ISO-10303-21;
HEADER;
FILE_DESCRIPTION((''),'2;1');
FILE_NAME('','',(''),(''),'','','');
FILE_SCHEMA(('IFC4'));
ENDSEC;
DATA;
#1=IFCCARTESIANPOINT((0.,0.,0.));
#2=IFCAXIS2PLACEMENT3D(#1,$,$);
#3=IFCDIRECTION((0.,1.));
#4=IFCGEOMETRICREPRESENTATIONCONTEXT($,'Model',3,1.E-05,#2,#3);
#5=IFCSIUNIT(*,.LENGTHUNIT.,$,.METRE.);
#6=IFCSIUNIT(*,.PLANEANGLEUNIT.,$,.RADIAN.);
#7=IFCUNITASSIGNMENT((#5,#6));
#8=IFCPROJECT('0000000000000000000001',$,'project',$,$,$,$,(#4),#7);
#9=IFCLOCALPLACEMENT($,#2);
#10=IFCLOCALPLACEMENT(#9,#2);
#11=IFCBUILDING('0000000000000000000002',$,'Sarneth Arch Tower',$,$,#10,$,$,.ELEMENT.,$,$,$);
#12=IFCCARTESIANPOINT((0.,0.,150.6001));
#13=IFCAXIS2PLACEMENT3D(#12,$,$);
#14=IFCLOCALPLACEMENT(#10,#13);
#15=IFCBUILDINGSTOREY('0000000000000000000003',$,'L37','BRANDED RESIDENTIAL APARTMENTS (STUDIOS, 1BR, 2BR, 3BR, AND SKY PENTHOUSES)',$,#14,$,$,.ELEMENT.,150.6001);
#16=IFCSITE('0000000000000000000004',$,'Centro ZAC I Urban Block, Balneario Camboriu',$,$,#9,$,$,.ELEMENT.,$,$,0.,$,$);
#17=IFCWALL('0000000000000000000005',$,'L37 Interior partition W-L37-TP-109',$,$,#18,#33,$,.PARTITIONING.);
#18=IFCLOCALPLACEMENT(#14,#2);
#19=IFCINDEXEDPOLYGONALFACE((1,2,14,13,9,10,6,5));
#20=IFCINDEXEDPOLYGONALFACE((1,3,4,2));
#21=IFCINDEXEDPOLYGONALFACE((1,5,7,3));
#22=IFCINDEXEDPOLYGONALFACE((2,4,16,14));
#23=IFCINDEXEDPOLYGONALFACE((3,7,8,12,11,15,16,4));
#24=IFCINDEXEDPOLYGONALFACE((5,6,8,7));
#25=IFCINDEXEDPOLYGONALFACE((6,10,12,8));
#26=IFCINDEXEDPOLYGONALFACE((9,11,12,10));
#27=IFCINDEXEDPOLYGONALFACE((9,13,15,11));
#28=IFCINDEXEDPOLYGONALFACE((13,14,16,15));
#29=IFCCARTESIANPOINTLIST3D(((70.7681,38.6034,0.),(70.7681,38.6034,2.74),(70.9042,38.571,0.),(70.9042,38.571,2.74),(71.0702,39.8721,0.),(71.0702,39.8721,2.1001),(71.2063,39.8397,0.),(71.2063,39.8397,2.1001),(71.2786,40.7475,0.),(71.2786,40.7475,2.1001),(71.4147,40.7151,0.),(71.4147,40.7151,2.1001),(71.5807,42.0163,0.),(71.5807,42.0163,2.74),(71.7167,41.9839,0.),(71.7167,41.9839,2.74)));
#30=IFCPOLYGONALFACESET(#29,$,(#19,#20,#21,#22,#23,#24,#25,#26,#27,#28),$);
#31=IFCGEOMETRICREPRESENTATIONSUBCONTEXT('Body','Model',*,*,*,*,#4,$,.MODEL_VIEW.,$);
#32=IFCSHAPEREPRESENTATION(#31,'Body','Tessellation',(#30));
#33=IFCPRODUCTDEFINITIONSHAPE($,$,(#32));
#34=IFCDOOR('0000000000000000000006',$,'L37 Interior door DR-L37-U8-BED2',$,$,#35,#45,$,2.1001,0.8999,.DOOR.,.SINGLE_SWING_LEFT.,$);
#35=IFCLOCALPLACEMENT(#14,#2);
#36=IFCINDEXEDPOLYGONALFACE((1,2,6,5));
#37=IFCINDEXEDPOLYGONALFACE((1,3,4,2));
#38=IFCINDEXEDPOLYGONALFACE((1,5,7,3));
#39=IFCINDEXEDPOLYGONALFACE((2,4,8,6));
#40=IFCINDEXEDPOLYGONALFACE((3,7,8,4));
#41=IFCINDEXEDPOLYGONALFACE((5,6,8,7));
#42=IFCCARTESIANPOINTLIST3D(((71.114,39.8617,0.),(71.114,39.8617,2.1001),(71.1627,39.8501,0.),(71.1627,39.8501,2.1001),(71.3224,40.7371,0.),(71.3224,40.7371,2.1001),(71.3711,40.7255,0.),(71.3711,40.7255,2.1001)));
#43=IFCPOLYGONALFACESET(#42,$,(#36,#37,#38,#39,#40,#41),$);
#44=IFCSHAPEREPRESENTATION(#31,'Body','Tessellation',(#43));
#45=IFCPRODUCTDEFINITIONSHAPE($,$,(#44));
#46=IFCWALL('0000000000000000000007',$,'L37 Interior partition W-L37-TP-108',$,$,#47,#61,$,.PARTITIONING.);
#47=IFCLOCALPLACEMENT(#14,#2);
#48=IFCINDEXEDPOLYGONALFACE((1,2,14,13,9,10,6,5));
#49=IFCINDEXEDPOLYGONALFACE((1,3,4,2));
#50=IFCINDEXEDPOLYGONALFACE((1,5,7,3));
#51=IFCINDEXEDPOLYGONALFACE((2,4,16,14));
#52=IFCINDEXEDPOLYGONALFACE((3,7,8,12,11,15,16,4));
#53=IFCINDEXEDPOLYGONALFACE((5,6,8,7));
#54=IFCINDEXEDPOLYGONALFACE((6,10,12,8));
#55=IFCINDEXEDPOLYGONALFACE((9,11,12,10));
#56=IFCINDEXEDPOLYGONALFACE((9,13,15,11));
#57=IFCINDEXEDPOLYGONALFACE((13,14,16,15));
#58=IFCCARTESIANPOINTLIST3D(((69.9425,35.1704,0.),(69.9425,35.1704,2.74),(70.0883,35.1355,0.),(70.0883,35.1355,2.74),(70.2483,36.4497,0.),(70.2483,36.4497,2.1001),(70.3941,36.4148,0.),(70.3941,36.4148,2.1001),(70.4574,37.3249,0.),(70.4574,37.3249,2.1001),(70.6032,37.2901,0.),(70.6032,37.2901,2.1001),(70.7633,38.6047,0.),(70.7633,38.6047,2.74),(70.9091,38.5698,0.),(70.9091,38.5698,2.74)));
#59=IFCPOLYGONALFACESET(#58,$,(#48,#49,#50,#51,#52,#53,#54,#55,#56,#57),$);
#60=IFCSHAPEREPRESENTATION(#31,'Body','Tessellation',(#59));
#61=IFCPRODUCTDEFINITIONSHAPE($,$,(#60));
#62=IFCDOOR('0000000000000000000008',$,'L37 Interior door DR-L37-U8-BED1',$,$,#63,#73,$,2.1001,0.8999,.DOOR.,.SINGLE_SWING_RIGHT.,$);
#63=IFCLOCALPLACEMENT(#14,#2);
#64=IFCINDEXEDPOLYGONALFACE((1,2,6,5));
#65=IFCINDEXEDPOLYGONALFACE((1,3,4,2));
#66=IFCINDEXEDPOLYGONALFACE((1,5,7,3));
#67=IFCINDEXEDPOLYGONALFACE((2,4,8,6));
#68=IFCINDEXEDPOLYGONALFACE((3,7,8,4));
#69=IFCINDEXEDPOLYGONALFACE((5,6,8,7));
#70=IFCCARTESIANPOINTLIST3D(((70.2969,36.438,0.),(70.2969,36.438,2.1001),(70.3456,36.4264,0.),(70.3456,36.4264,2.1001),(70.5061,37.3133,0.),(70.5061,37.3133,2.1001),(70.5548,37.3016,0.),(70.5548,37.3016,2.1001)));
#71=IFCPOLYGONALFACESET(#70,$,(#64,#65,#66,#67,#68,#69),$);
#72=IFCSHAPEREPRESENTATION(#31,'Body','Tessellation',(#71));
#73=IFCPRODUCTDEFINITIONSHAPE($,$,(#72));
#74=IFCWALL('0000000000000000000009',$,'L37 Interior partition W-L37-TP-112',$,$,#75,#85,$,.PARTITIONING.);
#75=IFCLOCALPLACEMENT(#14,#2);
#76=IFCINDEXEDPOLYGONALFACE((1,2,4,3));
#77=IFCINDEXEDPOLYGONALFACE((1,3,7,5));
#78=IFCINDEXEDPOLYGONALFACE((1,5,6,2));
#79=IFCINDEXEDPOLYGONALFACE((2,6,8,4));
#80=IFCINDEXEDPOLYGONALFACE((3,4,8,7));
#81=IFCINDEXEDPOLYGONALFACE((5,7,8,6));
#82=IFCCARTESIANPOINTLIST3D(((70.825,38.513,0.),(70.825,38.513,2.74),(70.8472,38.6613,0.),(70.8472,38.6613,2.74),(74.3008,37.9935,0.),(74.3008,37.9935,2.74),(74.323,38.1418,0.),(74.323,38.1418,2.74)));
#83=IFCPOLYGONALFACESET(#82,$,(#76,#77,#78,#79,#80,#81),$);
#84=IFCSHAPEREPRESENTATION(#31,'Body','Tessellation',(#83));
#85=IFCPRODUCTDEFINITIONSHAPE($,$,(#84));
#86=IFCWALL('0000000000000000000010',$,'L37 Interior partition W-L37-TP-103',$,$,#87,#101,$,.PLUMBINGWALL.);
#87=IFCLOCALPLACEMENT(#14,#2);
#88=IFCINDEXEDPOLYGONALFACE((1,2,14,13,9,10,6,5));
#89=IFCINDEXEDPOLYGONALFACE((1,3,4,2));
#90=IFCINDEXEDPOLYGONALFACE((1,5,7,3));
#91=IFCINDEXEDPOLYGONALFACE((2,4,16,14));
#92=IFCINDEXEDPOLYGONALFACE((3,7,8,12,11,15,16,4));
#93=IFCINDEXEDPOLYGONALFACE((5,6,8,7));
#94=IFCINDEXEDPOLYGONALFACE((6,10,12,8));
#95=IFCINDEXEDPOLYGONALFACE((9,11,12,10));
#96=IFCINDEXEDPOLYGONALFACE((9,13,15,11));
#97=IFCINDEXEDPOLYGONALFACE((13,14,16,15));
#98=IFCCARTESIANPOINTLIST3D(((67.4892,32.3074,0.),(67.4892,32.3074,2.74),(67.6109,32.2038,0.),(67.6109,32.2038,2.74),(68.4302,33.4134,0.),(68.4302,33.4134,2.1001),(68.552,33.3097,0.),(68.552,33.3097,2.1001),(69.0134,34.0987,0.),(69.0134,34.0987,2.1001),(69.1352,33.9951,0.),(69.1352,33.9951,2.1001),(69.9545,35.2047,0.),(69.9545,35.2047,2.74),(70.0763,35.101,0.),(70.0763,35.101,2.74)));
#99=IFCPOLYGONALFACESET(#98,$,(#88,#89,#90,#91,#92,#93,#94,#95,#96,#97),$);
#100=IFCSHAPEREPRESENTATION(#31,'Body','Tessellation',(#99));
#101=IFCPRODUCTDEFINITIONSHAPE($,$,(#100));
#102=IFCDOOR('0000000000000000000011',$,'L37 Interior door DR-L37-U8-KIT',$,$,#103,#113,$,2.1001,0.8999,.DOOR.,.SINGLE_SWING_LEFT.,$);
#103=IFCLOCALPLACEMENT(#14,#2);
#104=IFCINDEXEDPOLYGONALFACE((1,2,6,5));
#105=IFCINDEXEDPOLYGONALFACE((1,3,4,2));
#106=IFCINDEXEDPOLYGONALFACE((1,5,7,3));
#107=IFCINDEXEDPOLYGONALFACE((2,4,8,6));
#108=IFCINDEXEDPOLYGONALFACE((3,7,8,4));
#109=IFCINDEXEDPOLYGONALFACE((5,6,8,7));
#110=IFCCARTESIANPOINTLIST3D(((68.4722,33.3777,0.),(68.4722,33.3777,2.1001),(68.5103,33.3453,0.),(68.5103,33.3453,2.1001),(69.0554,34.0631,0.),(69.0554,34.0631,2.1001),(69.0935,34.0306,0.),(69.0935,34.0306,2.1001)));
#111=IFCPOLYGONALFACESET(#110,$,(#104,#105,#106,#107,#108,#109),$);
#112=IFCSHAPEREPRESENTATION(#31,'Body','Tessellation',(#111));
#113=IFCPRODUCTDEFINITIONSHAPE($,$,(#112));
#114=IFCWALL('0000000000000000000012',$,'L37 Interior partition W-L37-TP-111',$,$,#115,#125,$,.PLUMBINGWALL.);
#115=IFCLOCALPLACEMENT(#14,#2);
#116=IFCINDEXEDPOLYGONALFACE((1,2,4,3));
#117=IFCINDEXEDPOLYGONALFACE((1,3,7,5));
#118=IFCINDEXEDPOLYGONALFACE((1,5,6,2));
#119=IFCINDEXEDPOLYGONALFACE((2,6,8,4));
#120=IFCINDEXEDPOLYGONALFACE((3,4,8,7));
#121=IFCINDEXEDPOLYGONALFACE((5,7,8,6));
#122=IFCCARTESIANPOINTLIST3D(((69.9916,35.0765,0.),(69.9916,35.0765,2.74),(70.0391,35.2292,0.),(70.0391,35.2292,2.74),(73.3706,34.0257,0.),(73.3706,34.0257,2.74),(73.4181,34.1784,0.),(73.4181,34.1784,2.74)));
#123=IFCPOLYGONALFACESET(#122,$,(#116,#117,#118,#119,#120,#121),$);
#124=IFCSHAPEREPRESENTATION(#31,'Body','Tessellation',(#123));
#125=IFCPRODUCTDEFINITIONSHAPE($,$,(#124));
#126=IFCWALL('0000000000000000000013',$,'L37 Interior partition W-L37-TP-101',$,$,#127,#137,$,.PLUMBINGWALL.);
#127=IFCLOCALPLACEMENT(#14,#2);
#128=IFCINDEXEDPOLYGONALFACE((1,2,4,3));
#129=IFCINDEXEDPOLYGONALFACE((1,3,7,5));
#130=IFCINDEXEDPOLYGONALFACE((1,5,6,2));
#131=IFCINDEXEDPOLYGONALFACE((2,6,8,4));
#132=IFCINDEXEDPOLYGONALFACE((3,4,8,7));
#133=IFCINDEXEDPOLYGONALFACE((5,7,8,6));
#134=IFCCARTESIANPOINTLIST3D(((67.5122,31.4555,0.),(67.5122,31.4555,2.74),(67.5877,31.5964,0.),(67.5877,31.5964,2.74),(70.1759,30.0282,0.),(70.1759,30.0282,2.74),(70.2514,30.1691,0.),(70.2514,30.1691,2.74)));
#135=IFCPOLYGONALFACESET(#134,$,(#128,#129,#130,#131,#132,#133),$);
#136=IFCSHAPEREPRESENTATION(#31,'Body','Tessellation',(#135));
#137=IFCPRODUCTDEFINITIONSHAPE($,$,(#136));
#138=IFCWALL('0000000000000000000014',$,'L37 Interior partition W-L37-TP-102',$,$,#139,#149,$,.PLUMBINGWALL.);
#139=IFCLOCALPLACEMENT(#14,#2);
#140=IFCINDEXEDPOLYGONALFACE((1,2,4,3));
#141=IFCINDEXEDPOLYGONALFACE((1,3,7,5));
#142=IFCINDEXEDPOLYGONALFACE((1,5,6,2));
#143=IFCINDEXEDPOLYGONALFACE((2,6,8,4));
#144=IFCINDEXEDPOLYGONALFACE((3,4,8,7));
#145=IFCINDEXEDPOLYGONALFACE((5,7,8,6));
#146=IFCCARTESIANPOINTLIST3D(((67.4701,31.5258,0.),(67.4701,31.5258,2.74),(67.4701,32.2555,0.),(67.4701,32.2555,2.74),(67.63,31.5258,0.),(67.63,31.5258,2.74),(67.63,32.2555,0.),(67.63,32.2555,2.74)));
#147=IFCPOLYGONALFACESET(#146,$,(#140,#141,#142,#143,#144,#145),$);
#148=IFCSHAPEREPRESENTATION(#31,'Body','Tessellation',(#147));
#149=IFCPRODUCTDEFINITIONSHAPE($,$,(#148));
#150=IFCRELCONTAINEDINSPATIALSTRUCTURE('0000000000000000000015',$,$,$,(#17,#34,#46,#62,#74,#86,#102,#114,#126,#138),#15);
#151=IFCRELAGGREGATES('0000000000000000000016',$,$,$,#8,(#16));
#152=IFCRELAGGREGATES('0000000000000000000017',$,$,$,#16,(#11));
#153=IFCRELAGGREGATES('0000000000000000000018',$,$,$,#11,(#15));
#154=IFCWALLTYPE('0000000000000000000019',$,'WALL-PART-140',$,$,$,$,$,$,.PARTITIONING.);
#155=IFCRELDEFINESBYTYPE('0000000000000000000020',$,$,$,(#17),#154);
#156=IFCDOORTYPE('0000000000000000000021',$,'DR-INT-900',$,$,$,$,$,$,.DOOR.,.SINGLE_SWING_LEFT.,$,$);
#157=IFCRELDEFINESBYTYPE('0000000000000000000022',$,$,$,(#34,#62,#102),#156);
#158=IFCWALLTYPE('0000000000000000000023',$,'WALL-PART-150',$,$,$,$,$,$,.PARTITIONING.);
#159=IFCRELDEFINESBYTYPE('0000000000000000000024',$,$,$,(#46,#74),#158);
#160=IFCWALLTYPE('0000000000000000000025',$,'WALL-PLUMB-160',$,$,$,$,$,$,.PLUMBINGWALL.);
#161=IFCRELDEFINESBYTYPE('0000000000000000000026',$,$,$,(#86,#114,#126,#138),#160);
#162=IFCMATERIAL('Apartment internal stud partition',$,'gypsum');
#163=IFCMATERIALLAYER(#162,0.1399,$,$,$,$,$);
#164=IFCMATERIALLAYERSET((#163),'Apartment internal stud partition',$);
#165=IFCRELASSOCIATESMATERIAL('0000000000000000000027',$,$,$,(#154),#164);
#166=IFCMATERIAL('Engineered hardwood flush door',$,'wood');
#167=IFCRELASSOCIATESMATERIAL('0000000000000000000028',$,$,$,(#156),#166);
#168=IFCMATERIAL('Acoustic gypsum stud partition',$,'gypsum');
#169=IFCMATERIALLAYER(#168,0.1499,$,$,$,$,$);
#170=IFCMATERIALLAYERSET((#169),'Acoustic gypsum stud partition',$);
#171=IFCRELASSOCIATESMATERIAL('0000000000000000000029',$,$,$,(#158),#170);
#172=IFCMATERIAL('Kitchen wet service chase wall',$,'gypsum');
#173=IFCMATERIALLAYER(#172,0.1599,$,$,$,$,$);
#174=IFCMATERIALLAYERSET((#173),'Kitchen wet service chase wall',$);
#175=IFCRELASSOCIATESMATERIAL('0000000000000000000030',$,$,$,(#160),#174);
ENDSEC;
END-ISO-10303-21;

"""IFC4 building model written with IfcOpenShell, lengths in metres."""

from ifc_helpers import new_model, si_unit, direction, frame, frame_2d, origin, place, context, subcontext, project, spatial, rectangle, extrude, material, layer, layer_set, type_object, element, fill, save


model = new_model("IFC4")

# Units and contexts
model_context = context("Model", 3, precision=1e-05, world=origin(), true_north=direction((0.0, 1.0)))
body_context = subcontext(model_context, "Body", "Model", "MODEL_VIEW")
ifc_project = project(units=[si_unit("LENGTHUNIT", "METRE"), si_unit("PLANEANGLEUNIT", "RADIAN")], contexts=[model_context])

# Site, building, storey
site_placement = place(None, origin())
site = spatial("IfcSite", under=ifc_project, at=site_placement, Name="Centro ZAC I Urban Block, Balneario Camboriu", CompositionType="ELEMENT", RefElevation=0.0)
building_placement = place(site_placement, origin())
building = spatial("IfcBuilding", under=site, at=building_placement, Name="Sarneth Arch Tower", CompositionType="ELEMENT")
storey_placement = place(building_placement, frame((0.0, 0.0, 150.6001)))
storey = spatial("IfcBuildingStorey", under=building, at=storey_placement, Name="L37", Description="BRANDED RESIDENTIAL APARTMENTS (STUDIOS, 1BR, 2BR, 3BR, AND SKY PENTHOUSES)", CompositionType="ELEMENT", Elevation=150.6001)

# Walls, openings, doors
ifc_material_1 = material(Name="Apartment internal stud partition", Category="gypsum")
ifc_layer_1 = layer(ifc_material_1, 0.1399)
ifc_layer_set_1 = layer_set([ifc_layer_1], Name="Apartment internal stud partition")
wall_type_1 = type_object("IfcWallType", Name="WALL-PART-140", PredefinedType="PARTITIONING", material=ifc_layer_set_1)
wall_1_placement = place(storey_placement, frame((70.8362, 38.5872, 0.0), z_axis=(0.0, 0.0, 1.0), x_axis=(0.231599, 0.972811, 0.0)))
wall_1 = element("IfcWall", 1, at=wall_1_placement, inside=storey, type_object=wall_type_1, Name="L37 Interior partition W-L37-TP-109", PredefinedType="PARTITIONING", context=body_context, shape_type="SweptSolid", body=[
    extrude(rectangle(XDim=3.5083, YDim=0.1399, at=frame_2d((1.7542, 0.0))), origin(), (0.0, 0.0, 1.0), 2.74),
])
opening_1_placement = place(wall_1_placement, frame((1.3042, 0.0, 0.0)))
opening_1 = element("IfcOpeningElement", 2, at=opening_1_placement, cuts=wall_1, PredefinedType="OPENING", context=body_context, shape_type="SweptSolid", body=[
    extrude(rectangle(XDim=0.8999, YDim=2.1001, at=frame_2d((0.45, 1.05))), frame((0.0, 0.0798, 0.0), z_axis=(0.0, -1.0, 0.0), x_axis=(1.0, 0.0, 0.0)), (0.0, 0.0, 1.0), 0.1599),
])
ifc_material_2 = material(Name="Engineered hardwood flush door", Category="wood")
door_type_1 = type_object("IfcDoorType", Name="DR-INT-900", OperationType="SINGLE_SWING_LEFT", PredefinedType="DOOR", material=ifc_material_2)
door_1_placement = place(opening_1_placement, origin())
door_1 = element("IfcDoor", 3, at=door_1_placement, inside=storey, type_object=door_type_1, Name="L37 Interior door DR-L37-U8-BED2", OperationType="SINGLE_SWING_LEFT", OverallHeight=2.1001, OverallWidth=0.8999, PredefinedType="DOOR", context=body_context, shape_type="SweptSolid", body=[
    extrude(rectangle(XDim=0.8999, YDim=2.1001, at=frame_2d((0.45, 1.05))), frame((0.0, 0.0249, 0.0), z_axis=(0.0, -1.0, 0.0), x_axis=(1.0, 0.0, 0.0)), (0.0, 0.0, 1.0), 0.05),
])
fill(opening_1, door_1)
ifc_material_3 = material(Name="Acoustic gypsum stud partition", Category="gypsum")
ifc_layer_2 = layer(ifc_material_3, 0.1499)
ifc_layer_set_2 = layer_set([ifc_layer_2], Name="Acoustic gypsum stud partition")
wall_type_2 = type_object("IfcWallType", Name="WALL-PART-150", PredefinedType="PARTITIONING", material=ifc_layer_set_2)
wall_2_placement = place(storey_placement, frame((70.0154, 35.1528, 0.0), z_axis=(0.0, 0.0, 1.0), x_axis=(0.232452, 0.972608, 0.0)))
wall_2 = element("IfcWall", 4, at=wall_2_placement, inside=storey, type_object=wall_type_2, Name="L37 Interior partition W-L37-TP-108", PredefinedType="PARTITIONING", context=body_context, shape_type="SweptSolid", body=[
    extrude(rectangle(XDim=3.531, YDim=0.1499, at=frame_2d((1.7656, 0.0))), origin(), (0.0, 0.0, 1.0), 2.74),
])
opening_2_placement = place(wall_2_placement, frame((1.3154, 0.0, 0.0)))
opening_2 = element("IfcOpeningElement", 5, at=opening_2_placement, cuts=wall_2, PredefinedType="OPENING", context=body_context, shape_type="SweptSolid", body=[
    extrude(rectangle(XDim=0.8999, YDim=2.1001, at=frame_2d((0.45, 1.05))), frame((0.0, 0.085, 0.0), z_axis=(0.0, -1.0, 0.0), x_axis=(1.0, 0.0, 0.0)), (0.0, 0.0, 1.0), 0.1699),
])
door_2_placement = place(opening_2_placement, origin())
door_2 = element("IfcDoor", 6, at=door_2_placement, inside=storey, type_object=door_type_1, Name="L37 Interior door DR-L37-U8-BED1", OperationType="SINGLE_SWING_RIGHT", OverallHeight=2.1001, OverallWidth=0.8999, PredefinedType="DOOR", context=body_context, shape_type="SweptSolid", body=[
    extrude(rectangle(XDim=0.8999, YDim=2.1001, at=frame_2d((0.45, 1.05))), frame((0.0, 0.0249, 0.0), z_axis=(0.0, -1.0, 0.0), x_axis=(1.0, 0.0, 0.0)), (0.0, 0.0, 1.0), 0.05),
])
fill(opening_2, door_2)

# Wall
wall_3_placement = place(storey_placement, frame((74.312, 38.0676, 0.0), z_axis=(0.0, 0.0, 1.0), x_axis=(-0.989013, 0.147827, 0.0)))
element("IfcWall", 7, at=wall_3_placement, inside=storey, type_object=wall_type_2, Name="L37 Interior partition W-L37-TP-112", PredefinedType="PARTITIONING", context=body_context, shape_type="SweptSolid", body=[
    extrude(rectangle(XDim=3.5144, YDim=0.1499, at=frame_2d((1.7573, 0.0))), origin(), (0.0, 0.0, 1.0), 2.74),
])

# Wall, opening, door
ifc_material_4 = material(Name="Kitchen wet service chase wall", Category="gypsum")
ifc_layer_3 = layer(ifc_material_4, 0.1599)
ifc_layer_set_3 = layer_set([ifc_layer_3], Name="Kitchen wet service chase wall")
wall_type_3 = type_object("IfcWallType", Name="WALL-PLUMB-160", PredefinedType="PLUMBINGWALL", material=ifc_layer_set_3)
wall_4_placement = place(storey_placement, frame((67.55, 32.2556, 0.0), z_axis=(0.0, 0.0, 1.0), x_axis=(0.64806, 0.761589, 0.0)))
wall_4 = element("IfcWall", 8, at=wall_4_placement, inside=storey, type_object=wall_type_3, Name="L37 Interior partition W-L37-TP-103", PredefinedType="PLUMBINGWALL", context=body_context, shape_type="SweptSolid", body=[
    extrude(rectangle(XDim=3.8042, YDim=0.1599, at=frame_2d((1.9021, 0.0))), origin(), (0.0, 0.0, 1.0), 2.74),
])
opening_3_placement = place(wall_4_placement, frame((1.4521, 0.0, 0.0)))
opening_3 = element("IfcOpeningElement", 9, at=opening_3_placement, cuts=wall_4, PredefinedType="OPENING", context=body_context, shape_type="SweptSolid", body=[
    extrude(rectangle(XDim=0.8999, YDim=2.1001, at=frame_2d((0.45, 1.05))), frame((0.0, 0.0898, 0.0), z_axis=(0.0, -1.0, 0.0), x_axis=(1.0, 0.0, 0.0)), (0.0, 0.0, 1.0), 0.1799),
])
door_3_placement = place(opening_3_placement, origin())
door_3 = element("IfcDoor", 10, at=door_3_placement, inside=storey, type_object=door_type_1, Name="L37 Interior door DR-L37-U8-KIT", OperationType="SINGLE_SWING_LEFT", OverallHeight=2.1001, OverallWidth=0.8999, PredefinedType="DOOR", context=body_context, shape_type="SweptSolid", body=[
    extrude(rectangle(XDim=0.8999, YDim=2.1001, at=frame_2d((0.45, 1.05))), frame((0.0, 0.0249, 0.0), z_axis=(0.0, -1.0, 0.0), x_axis=(1.0, 0.0, 0.0)), (0.0, 0.0, 1.0), 0.05),
])
fill(opening_3, door_3)

# Walls
wall_5_placement = place(storey_placement, frame((70.0154, 35.1528, 0.0), z_axis=(0.0, 0.0, 1.0), x_axis=(0.954892, -0.296955, 0.0)))
element("IfcWall", 11, at=wall_5_placement, inside=storey, type_object=wall_type_3, Name="L37 Interior partition W-L37-TP-111", PredefinedType="PLUMBINGWALL", context=body_context, shape_type="SweptSolid", body=[
    extrude(rectangle(XDim=3.5386, YDim=0.1599, at=frame_2d((1.7693, 0.0))), origin(), (0.0, 0.0, 1.0), 2.74),
])
wall_6_placement = place(storey_placement, frame((70.2136, 30.0986, 0.0), z_axis=(0.0, 0.0, 1.0), x_axis=(-0.881434, 0.472307, 0.0)))
element("IfcWall", 12, at=wall_6_placement, inside=storey, type_object=wall_type_3, Name="L37 Interior partition W-L37-TP-101", PredefinedType="PLUMBINGWALL", context=body_context, shape_type="SweptSolid", body=[
    extrude(rectangle(XDim=3.022, YDim=0.1599, at=frame_2d((1.511, 0.0))), origin(), (0.0, 0.0, 1.0), 2.74),
])
wall_7_placement = place(storey_placement, frame((67.55, 31.5259, 0.0), z_axis=(0.0, 0.0, 1.0), x_axis=(0.0, 1.0, 0.0)))
element("IfcWall", 13, at=wall_7_placement, inside=storey, type_object=wall_type_3, Name="L37 Interior partition W-L37-TP-102", PredefinedType="PLUMBINGWALL", context=body_context, shape_type="SweptSolid", body=[
    extrude(rectangle(XDim=0.7297, YDim=0.1599, at=frame_2d((0.3647, 0.0))), origin(), (0.0, 0.0, 1.0), 2.74),
])

save(model, "model.ifc")
